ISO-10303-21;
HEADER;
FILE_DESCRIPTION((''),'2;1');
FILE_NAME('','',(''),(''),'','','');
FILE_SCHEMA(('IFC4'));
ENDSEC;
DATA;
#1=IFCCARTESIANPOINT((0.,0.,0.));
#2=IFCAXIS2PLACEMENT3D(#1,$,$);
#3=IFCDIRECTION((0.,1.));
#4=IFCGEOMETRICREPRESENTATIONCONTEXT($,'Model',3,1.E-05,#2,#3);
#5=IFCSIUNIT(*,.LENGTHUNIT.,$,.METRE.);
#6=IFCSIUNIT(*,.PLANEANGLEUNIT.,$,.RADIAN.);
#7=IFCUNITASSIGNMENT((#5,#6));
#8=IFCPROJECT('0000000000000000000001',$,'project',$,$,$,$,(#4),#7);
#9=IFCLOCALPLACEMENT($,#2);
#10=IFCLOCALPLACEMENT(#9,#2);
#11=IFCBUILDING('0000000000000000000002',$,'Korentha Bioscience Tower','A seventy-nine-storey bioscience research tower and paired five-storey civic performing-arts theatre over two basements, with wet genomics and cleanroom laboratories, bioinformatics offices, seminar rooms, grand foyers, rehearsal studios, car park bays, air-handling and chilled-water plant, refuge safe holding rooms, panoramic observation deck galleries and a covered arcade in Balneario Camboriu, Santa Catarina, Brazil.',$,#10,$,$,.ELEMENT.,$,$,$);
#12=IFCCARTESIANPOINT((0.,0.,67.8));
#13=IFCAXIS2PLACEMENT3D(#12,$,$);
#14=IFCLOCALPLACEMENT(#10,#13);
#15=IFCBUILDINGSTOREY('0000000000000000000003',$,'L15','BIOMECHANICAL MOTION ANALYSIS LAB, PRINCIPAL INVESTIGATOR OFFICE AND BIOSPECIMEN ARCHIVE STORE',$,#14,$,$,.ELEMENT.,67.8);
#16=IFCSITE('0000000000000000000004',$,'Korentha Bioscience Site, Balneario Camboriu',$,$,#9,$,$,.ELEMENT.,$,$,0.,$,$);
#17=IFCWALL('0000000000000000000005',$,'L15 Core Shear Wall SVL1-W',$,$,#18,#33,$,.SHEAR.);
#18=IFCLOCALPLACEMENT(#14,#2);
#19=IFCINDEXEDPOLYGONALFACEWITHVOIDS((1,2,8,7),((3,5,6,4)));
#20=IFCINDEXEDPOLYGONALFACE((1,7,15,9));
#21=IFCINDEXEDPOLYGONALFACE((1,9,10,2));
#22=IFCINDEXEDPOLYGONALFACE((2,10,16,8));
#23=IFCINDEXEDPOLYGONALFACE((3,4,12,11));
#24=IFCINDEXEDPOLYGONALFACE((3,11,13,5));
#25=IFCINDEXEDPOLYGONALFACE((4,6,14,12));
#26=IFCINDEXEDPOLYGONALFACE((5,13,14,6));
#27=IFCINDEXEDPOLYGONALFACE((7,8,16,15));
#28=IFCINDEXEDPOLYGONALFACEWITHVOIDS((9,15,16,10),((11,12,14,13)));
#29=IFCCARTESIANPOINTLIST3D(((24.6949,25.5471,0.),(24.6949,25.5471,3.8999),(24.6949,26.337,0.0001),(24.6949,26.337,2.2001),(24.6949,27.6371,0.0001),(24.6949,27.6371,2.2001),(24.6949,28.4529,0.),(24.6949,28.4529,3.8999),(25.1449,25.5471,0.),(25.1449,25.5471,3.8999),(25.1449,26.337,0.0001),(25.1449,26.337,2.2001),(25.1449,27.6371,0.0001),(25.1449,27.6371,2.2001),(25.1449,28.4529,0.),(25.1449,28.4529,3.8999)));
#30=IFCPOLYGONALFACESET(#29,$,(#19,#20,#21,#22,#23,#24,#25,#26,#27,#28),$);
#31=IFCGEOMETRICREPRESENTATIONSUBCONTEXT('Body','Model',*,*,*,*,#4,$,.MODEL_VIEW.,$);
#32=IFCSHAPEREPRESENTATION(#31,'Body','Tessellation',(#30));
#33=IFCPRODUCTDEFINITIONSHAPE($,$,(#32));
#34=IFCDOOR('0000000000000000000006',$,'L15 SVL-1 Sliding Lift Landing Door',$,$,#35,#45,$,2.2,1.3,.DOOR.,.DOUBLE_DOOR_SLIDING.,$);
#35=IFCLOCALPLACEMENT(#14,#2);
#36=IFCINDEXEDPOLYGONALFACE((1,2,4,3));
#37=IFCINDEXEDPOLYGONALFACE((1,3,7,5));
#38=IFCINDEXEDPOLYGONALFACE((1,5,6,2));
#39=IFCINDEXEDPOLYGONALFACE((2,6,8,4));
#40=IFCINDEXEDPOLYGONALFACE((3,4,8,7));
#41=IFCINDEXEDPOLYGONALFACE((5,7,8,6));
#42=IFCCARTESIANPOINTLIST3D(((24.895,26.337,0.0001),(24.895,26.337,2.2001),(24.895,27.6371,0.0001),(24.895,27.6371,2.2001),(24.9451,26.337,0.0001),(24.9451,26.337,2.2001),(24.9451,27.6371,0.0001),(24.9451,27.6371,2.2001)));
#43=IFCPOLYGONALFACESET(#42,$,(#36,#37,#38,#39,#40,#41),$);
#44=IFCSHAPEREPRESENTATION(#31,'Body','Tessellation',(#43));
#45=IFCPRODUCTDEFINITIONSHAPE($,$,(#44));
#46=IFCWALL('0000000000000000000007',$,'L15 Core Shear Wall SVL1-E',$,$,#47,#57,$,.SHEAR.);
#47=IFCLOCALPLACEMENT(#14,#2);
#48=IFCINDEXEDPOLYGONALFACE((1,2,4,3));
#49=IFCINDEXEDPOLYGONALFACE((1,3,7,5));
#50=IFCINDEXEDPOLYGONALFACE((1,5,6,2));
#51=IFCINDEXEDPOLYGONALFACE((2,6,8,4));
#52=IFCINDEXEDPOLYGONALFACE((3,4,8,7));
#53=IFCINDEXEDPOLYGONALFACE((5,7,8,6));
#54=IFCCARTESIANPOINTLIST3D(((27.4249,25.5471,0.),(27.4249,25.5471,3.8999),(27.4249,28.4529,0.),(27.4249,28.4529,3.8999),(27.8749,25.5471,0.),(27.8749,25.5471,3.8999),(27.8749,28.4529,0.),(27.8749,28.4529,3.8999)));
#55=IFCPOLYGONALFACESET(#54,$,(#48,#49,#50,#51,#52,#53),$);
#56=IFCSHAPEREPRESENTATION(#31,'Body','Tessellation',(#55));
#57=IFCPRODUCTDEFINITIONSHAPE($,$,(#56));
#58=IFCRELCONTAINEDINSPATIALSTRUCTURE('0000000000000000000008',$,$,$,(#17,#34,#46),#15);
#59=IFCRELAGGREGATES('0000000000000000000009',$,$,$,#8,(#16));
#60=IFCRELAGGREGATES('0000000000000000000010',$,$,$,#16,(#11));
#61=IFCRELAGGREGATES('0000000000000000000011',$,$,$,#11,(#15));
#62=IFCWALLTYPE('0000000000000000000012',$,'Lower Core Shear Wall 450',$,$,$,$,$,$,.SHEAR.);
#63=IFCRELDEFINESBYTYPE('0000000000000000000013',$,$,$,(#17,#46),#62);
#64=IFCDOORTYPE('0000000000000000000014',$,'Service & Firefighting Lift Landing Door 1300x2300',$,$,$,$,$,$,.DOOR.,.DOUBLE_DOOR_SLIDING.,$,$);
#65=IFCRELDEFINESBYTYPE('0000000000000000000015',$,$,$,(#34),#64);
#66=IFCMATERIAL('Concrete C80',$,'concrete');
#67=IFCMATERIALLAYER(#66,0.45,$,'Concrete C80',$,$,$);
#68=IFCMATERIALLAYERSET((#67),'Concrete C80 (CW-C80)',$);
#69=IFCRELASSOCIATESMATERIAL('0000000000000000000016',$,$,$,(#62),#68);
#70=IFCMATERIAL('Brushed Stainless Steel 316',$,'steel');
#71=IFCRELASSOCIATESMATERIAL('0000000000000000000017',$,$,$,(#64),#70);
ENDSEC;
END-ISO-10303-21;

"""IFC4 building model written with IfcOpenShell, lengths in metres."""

from ifc_helpers import new_model, si_unit, direction, frame, frame_2d, origin, place, context, subcontext, project, spatial, rectangle, extrude, material, layer, layer_set, type_object, element, fill, save


model = new_model("IFC4")

# Units and contexts
model_context = context("Model", 3, precision=1e-05, world=origin(), true_north=direction((0.0, 1.0)))
body_context = subcontext(model_context, "Body", "Model", "MODEL_VIEW")
ifc_project = project(units=[si_unit("LENGTHUNIT", "METRE"), si_unit("PLANEANGLEUNIT", "RADIAN")], contexts=[model_context])

# Site, building, storey
site_placement = place(None, origin())
site = spatial("IfcSite", under=ifc_project, at=site_placement, Name="Korentha Bioscience Site, Balneario Camboriu", CompositionType="ELEMENT", RefElevation=0.0)
building_placement = place(site_placement, origin())
building = spatial("IfcBuilding", under=site, at=building_placement, Name="Korentha Bioscience Tower", Description="A seventy-nine-storey bioscience research tower and paired five-storey civic performing-arts theatre over two basements, with wet genomics and cleanroom laboratories, bioinformatics offices, seminar rooms, grand foyers, rehearsal studios, car park bays, air-handling and chilled-water plant, refuge safe holding rooms, panoramic observation deck galleries and a covered arcade in Balneario Camboriu, Santa Catarina, Brazil.", CompositionType="ELEMENT")
storey_placement = place(building_placement, frame((0.0, 0.0, 67.8)))
storey = spatial("IfcBuildingStorey", under=building, at=storey_placement, Name="L15", Description="BIOMECHANICAL MOTION ANALYSIS LAB, PRINCIPAL INVESTIGATOR OFFICE AND BIOSPECIMEN ARCHIVE STORE", CompositionType="ELEMENT", Elevation=67.8)

# Shared definitions
ifc_material_1 = material(Name="Concrete C80", Category="concrete")

# Shared definitions
ifc_layer_1 = layer(ifc_material_1, 0.45, Name="Concrete C80")
ifc_layer_set_1 = layer_set([ifc_layer_1], Name="Concrete C80 (CW-C80)")
wall_type_1 = type_object("IfcWallType", Name="Lower Core Shear Wall 450", PredefinedType="SHEAR", material=ifc_layer_set_1)

# Shared definitions
ifc_material_2 = material(Name="Brushed Stainless Steel 316", Category="steel")
door_type_1 = type_object("IfcDoorType", Name="Service & Firefighting Lift Landing Door 1300x2300", OperationType="DOUBLE_DOOR_SLIDING", PredefinedType="DOOR", material=ifc_material_2)

# Wall, opening, door
wall_1_placement = place(storey_placement, frame((24.9199, 25.5471, 0.0), z_axis=(0.0, 0.0, 1.0), x_axis=(0.0, 1.0, 0.0)))
wall_1 = element("IfcWall", 1, at=wall_1_placement, inside=storey, type_object=wall_type_1, Name="L15 Core Shear Wall SVL1-W", PredefinedType="SHEAR", context=body_context, shape_type="SweptSolid", body=[
    extrude(rectangle(XDim=2.9058, YDim=0.45, at=frame_2d((1.4529, 0.0))), origin(), (0.0, 0.0, 1.0), 3.8999),
])
opening_1_placement = place(wall_1_placement, frame((0.79, 0.0, 0.0)))
opening_1 = element("IfcOpeningElement", 2, at=opening_1_placement, cuts=wall_1, PredefinedType="OPENING", context=body_context, shape_type="SweptSolid", body=[
    extrude(rectangle(XDim=1.3, YDim=2.2, at=frame_2d((0.6499, 1.1001))), frame((0.0, 0.2397, 0.0), z_axis=(0.0, -1.0, 0.0), x_axis=(1.0, 0.0, 0.0)), (0.0, 0.0, 1.0), 0.4797),
])
door_1_placement = place(opening_1_placement, origin())
door_1 = element("IfcDoor", 3, at=door_1_placement, inside=storey, type_object=door_type_1, Name="L15 SVL-1 Sliding Lift Landing Door", OperationType="DOUBLE_DOOR_SLIDING", OverallHeight=2.2, OverallWidth=1.3, PredefinedType="DOOR", context=body_context, shape_type="SweptSolid", body=[
    extrude(rectangle(XDim=1.3, YDim=2.2, at=frame_2d((0.6499, 1.1001))), frame((0.0, 0.0249, 0.0), z_axis=(0.0, -1.0, 0.0), x_axis=(1.0, 0.0, 0.0)), (0.0, 0.0, 1.0), 0.05),
])
fill(opening_1, door_1)

# Wall
wall_2_placement = place(storey_placement, frame((27.6499, 25.5471, 0.0), z_axis=(0.0, 0.0, 1.0), x_axis=(0.0, 1.0, 0.0)))
element("IfcWall", 4, at=wall_2_placement, inside=storey, type_object=wall_type_1, Name="L15 Core Shear Wall SVL1-E", PredefinedType="SHEAR", context=body_context, shape_type="SweptSolid", body=[
    extrude(rectangle(XDim=2.9058, YDim=0.45, at=frame_2d((1.4529, 0.0))), origin(), (0.0, 0.0, 1.0), 3.8999),
])

save(model, "model.ifc")
